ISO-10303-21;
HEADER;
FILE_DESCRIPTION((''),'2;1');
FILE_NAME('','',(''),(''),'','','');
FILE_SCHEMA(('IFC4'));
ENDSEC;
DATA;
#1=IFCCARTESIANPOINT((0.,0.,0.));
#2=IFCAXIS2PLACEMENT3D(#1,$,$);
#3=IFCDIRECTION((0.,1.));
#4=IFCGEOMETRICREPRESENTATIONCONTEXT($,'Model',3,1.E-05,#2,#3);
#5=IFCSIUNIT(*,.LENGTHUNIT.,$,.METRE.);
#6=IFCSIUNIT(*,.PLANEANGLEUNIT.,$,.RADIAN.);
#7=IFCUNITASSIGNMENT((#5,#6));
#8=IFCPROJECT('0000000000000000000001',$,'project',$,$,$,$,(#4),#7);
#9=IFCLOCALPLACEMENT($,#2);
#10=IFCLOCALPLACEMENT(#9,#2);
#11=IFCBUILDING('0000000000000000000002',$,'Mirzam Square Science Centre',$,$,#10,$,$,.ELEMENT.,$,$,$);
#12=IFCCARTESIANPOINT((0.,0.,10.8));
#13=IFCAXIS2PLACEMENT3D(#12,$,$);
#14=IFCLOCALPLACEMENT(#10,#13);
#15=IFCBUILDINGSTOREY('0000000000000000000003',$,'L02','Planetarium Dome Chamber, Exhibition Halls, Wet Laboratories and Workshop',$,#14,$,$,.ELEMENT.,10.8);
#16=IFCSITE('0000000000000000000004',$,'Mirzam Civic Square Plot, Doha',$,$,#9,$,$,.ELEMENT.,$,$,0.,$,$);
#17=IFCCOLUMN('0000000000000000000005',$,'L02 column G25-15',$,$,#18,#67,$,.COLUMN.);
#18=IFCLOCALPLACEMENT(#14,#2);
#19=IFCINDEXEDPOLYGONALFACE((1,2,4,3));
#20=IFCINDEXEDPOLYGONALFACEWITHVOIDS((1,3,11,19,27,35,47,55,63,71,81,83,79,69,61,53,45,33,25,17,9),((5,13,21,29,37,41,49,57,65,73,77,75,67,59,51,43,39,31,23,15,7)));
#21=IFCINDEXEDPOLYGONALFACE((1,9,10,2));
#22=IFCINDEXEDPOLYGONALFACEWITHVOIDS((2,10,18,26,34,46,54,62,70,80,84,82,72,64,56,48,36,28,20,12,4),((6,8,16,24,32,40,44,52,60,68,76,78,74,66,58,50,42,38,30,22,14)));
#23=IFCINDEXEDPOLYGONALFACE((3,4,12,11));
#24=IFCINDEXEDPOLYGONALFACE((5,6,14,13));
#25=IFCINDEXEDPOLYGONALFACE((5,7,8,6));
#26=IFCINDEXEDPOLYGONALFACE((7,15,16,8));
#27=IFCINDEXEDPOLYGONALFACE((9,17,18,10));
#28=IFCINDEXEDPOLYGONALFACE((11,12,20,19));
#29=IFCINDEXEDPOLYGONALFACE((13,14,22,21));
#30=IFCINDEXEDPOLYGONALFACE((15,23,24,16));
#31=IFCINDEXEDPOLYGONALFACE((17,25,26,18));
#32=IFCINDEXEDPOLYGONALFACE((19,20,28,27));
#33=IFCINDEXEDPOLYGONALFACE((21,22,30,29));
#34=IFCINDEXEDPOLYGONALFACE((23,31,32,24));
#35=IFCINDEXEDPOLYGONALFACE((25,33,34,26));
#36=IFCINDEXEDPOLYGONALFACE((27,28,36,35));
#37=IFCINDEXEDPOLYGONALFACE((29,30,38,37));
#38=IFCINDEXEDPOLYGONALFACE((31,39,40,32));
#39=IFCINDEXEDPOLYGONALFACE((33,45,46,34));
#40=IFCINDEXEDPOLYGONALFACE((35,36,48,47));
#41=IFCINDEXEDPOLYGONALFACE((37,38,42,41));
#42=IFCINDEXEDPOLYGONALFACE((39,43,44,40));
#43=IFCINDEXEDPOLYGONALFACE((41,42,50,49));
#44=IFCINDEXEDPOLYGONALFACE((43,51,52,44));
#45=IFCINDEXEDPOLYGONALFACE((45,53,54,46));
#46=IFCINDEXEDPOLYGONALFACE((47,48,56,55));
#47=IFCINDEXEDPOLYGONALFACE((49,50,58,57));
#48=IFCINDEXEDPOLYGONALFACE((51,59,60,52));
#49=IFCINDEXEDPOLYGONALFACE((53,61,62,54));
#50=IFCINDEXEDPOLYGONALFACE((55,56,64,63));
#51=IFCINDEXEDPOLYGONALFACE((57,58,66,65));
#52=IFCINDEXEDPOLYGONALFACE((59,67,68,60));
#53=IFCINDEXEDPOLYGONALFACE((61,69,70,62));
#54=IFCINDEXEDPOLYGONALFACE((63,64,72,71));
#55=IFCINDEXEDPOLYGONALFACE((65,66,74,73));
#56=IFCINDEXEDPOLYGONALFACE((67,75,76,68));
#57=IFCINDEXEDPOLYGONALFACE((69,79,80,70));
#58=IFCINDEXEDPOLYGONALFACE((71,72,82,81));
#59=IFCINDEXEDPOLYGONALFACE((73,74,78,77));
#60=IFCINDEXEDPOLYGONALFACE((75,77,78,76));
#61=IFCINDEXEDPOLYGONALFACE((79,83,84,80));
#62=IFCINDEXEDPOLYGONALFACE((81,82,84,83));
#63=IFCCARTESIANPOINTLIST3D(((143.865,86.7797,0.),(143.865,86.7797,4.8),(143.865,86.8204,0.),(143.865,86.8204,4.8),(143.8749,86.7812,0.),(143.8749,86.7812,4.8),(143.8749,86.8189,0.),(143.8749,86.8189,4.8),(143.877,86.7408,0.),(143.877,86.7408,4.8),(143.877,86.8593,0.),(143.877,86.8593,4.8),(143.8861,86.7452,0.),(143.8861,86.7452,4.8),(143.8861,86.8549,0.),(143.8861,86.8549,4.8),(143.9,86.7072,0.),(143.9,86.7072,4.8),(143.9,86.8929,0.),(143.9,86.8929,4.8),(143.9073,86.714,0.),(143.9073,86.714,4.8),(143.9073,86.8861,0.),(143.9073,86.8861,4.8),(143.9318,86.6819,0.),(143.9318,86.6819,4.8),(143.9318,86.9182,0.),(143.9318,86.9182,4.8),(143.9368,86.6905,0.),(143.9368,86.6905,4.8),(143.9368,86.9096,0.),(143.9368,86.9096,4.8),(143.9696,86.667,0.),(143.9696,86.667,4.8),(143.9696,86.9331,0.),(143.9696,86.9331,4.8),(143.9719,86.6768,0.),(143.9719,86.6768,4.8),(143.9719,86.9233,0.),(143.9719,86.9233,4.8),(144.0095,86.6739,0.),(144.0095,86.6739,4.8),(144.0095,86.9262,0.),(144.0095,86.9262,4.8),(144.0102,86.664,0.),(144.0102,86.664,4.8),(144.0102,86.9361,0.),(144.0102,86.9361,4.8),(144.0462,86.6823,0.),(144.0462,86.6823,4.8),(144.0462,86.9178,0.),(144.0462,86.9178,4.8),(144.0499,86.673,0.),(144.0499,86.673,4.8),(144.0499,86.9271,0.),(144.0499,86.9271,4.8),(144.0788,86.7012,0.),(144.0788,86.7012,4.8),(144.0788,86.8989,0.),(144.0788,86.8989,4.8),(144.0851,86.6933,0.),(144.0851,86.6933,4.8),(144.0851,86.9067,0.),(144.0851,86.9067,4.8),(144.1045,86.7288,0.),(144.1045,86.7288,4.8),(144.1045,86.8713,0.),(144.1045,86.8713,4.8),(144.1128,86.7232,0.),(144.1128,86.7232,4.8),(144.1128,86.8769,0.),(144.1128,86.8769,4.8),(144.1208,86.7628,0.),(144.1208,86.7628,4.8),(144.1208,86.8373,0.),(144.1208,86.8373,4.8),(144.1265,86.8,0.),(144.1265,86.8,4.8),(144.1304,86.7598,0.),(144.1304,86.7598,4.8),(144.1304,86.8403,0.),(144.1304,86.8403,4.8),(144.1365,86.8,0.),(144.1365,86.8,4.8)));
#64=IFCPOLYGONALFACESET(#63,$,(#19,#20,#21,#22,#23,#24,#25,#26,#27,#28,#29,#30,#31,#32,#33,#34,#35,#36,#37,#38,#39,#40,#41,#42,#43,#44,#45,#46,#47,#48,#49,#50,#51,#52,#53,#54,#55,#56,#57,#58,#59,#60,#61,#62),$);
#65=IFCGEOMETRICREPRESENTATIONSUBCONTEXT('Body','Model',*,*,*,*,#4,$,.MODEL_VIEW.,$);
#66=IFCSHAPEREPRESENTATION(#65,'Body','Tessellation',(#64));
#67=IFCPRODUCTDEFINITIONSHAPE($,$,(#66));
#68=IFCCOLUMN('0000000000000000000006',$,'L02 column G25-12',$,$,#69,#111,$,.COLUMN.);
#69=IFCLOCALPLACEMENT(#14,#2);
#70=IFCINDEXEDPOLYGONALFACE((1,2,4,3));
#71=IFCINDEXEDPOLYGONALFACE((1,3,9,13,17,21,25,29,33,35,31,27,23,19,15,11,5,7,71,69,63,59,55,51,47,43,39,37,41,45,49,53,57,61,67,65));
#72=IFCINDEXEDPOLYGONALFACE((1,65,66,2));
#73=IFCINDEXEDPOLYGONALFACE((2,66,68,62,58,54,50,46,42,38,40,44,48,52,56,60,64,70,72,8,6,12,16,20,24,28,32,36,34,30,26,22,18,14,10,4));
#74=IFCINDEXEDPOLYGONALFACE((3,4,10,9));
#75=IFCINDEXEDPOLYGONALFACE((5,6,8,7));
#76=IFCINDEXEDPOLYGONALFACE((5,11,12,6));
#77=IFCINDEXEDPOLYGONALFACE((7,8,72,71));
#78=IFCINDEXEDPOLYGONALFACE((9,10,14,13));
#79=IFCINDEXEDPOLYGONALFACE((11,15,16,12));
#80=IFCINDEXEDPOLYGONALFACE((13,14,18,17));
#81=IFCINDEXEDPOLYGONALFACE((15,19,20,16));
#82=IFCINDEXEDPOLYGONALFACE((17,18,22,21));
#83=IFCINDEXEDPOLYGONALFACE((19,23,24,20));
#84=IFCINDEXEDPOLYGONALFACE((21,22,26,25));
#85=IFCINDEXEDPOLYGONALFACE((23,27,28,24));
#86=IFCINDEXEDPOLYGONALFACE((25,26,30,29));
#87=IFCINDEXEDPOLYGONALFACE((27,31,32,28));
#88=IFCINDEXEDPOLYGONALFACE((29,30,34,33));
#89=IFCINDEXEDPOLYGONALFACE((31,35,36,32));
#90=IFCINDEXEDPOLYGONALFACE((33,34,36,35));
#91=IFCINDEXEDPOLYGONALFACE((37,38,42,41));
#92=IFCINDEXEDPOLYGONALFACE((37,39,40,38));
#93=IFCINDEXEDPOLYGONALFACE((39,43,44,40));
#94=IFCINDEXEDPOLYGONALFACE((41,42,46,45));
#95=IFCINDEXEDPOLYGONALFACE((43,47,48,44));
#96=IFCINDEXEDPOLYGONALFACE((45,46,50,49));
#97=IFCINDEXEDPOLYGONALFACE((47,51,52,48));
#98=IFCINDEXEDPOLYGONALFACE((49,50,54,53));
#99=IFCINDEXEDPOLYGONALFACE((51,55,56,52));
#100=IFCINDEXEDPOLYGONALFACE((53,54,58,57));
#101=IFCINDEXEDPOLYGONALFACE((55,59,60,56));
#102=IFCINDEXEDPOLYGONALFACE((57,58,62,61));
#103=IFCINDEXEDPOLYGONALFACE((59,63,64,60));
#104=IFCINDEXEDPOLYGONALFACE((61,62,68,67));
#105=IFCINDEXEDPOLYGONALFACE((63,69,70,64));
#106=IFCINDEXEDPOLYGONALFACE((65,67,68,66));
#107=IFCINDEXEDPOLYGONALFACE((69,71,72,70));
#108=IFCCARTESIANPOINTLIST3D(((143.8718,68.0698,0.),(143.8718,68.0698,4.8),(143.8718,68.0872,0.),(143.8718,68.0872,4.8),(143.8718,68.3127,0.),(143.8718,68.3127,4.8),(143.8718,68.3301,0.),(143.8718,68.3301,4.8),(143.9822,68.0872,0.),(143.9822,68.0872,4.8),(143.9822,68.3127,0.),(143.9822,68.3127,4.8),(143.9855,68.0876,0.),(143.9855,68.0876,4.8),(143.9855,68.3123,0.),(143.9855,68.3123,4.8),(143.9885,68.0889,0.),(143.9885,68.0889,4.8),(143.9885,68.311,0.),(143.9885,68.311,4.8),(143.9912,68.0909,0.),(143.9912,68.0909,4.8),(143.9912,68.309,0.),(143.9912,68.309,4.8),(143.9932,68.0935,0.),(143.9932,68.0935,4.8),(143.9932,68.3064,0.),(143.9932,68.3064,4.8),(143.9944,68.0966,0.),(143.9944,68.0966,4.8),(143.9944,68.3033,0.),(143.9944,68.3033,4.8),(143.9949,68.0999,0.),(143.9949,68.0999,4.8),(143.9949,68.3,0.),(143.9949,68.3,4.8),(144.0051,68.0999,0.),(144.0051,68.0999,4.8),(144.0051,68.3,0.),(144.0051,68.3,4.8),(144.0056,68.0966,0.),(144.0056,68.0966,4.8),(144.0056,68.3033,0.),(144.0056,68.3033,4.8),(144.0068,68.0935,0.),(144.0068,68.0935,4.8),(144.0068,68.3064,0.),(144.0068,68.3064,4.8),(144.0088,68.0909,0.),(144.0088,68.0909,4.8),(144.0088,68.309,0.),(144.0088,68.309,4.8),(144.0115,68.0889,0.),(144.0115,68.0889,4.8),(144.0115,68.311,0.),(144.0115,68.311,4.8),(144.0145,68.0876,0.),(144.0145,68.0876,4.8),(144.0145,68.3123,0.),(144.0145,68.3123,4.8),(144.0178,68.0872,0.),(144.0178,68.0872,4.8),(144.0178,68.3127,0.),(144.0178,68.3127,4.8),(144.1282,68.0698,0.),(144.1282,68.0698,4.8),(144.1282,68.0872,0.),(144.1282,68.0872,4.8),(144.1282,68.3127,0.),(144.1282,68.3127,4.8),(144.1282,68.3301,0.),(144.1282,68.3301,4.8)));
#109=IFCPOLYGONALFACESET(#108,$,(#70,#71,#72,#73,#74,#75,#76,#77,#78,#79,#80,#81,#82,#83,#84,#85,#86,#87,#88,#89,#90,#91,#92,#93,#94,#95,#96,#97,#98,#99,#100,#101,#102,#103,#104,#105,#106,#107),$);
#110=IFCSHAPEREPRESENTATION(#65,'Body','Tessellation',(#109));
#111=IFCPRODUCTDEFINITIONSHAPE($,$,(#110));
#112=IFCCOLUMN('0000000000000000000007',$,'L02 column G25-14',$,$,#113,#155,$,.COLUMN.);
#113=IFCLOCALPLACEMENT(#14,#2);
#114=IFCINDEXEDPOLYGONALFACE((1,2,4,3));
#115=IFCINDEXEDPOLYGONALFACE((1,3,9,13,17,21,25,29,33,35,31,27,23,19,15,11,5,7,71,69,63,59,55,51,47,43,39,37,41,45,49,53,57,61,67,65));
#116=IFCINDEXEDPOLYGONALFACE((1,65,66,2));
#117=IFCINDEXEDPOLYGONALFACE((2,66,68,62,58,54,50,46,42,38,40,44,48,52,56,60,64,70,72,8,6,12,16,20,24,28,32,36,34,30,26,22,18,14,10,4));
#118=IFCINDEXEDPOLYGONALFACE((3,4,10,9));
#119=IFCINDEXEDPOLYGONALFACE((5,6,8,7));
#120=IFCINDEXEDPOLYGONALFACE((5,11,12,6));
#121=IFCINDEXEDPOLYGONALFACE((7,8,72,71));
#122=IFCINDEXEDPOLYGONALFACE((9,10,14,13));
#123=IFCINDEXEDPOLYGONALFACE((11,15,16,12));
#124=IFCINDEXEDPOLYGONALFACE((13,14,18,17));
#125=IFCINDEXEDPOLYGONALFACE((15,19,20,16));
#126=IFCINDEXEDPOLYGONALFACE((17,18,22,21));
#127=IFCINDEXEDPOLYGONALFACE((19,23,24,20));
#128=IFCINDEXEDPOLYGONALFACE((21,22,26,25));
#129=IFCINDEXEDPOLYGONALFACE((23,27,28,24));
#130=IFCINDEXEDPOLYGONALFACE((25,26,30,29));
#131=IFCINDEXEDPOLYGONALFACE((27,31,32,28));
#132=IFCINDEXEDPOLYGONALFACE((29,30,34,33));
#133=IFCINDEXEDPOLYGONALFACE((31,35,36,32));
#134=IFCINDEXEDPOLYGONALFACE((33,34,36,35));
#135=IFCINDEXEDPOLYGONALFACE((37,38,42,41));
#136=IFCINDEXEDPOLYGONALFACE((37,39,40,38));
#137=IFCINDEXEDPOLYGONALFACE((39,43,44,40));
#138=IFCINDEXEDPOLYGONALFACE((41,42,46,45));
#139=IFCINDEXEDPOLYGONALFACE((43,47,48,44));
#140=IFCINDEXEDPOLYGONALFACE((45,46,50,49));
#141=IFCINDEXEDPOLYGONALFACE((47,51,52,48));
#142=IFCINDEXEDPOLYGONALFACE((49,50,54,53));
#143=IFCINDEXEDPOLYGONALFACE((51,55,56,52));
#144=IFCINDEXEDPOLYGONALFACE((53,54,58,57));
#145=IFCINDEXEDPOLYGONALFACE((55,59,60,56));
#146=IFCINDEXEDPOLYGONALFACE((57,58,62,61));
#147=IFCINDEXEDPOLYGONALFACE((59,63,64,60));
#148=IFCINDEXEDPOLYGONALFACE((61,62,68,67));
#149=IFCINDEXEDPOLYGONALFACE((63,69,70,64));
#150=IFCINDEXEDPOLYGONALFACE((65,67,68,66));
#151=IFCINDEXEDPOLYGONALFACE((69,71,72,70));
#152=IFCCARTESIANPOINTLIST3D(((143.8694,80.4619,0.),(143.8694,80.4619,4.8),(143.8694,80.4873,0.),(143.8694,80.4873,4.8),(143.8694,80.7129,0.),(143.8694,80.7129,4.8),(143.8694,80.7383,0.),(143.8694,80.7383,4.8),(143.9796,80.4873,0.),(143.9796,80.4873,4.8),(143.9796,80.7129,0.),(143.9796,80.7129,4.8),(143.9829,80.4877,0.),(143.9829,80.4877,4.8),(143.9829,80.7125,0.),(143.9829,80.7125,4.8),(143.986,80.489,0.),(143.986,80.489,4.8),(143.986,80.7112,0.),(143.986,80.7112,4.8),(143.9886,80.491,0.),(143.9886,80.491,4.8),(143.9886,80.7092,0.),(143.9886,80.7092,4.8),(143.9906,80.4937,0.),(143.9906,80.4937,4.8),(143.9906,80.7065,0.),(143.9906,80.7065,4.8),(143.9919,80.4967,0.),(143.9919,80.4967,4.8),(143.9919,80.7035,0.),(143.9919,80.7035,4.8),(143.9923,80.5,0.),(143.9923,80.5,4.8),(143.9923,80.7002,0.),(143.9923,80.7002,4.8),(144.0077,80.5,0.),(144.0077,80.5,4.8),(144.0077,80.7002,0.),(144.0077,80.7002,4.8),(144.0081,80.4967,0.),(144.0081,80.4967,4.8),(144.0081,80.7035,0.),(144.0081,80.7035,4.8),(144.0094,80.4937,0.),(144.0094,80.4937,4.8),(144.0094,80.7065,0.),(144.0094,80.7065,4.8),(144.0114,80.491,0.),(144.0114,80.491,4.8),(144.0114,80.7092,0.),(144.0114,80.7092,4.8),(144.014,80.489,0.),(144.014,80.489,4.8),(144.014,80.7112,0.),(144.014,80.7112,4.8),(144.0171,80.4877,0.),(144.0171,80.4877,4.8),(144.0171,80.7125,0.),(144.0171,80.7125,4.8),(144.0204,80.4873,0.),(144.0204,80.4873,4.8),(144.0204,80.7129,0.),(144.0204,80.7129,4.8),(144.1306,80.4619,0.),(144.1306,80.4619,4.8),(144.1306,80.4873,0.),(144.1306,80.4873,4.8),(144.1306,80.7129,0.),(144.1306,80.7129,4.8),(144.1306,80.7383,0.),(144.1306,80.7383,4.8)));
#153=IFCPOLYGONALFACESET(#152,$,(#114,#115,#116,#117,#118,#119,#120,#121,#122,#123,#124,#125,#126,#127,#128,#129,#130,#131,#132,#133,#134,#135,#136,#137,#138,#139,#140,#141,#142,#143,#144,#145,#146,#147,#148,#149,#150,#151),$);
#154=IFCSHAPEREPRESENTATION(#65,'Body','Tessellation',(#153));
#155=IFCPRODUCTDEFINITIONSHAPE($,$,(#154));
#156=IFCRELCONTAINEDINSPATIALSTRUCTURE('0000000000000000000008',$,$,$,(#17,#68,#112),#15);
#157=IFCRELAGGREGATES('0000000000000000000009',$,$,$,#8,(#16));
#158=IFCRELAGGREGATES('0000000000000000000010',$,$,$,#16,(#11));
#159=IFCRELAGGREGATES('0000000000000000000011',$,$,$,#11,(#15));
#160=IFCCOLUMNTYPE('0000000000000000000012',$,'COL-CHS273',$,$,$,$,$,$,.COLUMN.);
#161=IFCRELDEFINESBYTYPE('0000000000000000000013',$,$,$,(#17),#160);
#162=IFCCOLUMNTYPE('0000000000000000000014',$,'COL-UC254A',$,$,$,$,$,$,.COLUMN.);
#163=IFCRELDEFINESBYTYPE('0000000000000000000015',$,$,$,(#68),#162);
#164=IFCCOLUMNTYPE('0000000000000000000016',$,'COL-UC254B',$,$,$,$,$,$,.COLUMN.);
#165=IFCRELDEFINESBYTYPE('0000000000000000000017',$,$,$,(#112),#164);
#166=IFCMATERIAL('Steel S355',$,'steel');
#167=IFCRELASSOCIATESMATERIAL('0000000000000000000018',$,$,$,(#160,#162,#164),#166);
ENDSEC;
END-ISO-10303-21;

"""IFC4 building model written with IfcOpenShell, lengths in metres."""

from ifc_helpers import new_model, si_unit, direction, frame, origin, origin_2d, place, context, subcontext, project, spatial, hollow_circle, i_section, extrude, material, material_profile, profile_set, type_object, element, save


model = new_model("IFC4")

# Units and contexts
model_context = context("Model", 3, precision=1e-05, world=origin(), true_north=direction((0.0, 1.0)))
body_context = subcontext(model_context, "Body", "Model", "MODEL_VIEW")
ifc_project = project(units=[si_unit("LENGTHUNIT", "METRE"), si_unit("PLANEANGLEUNIT", "RADIAN")], contexts=[model_context])

# Site, building, storey
site_placement = place(None, origin())
site = spatial("IfcSite", under=ifc_project, at=site_placement, Name="Mirzam Civic Square Plot, Doha", CompositionType="ELEMENT", RefElevation=0.0)
building_placement = place(site_placement, origin())
building = spatial("IfcBuilding", under=site, at=building_placement, Name="Mirzam Square Science Centre", CompositionType="ELEMENT")
storey_placement = place(building_placement, frame((0.0, 0.0, 10.8)))
storey = spatial("IfcBuildingStorey", under=building, at=storey_placement, Name="L02", Description="Planetarium Dome Chamber, Exhibition Halls, Wet Laboratories and Workshop", CompositionType="ELEMENT", Elevation=10.8)

# Columns
ifc_material_1 = material(Name="Steel S355", Category="steel")
ifc_material_profile_1 = material_profile(ifc_material_1, hollow_circle(Radius=0.1365, WallThickness=0.01, at=origin_2d()), Name="273.0x10.0CHS")
ifc_profile_set_1 = profile_set([ifc_material_profile_1], Name="Steel S355")
column_type_1 = type_object("IfcColumnType", Name="COL-CHS273", PredefinedType="COLUMN", material=ifc_profile_set_1)
column_1_placement = place(storey_placement, frame((144.0, 86.8, 0.0), z_axis=(0.0, 0.0, 1.0), x_axis=(1.0, 0.0, 0.0)))
element("IfcColumn", 1, at=column_1_placement, inside=storey, type_object=column_type_1, Name="L02 column G25-15", PredefinedType="COLUMN", context=body_context, shape_type="SweptSolid", body=[
    extrude(hollow_circle(Radius=0.1365, WallThickness=0.01, at=origin_2d()), origin(), (0.0, 0.0, 1.0), 4.8),
])
ifc_material_profile_2 = material_profile(ifc_material_1, i_section(OverallWidth=0.2563, OverallDepth=0.2603, WebThickness=0.0103, FlangeThickness=0.0173, FilletRadius=0.0127, at=origin_2d()), Name="254x254x89UC")
ifc_profile_set_2 = profile_set([ifc_material_profile_2], Name="Steel S355")
column_type_2 = type_object("IfcColumnType", Name="COL-UC254A", PredefinedType="COLUMN", material=ifc_profile_set_2)
column_2_placement = place(storey_placement, frame((144.0, 68.2, 0.0), z_axis=(0.0, 0.0, 1.0), x_axis=(1.0, 0.0, 0.0)))
element("IfcColumn", 2, at=column_2_placement, inside=storey, type_object=column_type_2, Name="L02 column G25-12", PredefinedType="COLUMN", context=body_context, shape_type="SweptSolid", body=[
    extrude(i_section(OverallWidth=0.2563, OverallDepth=0.2603, WebThickness=0.0103, FlangeThickness=0.0173, FilletRadius=0.0127, at=origin_2d()), origin(), (0.0, 0.0, 1.0), 4.8),
])
ifc_material_profile_3 = material_profile(ifc_material_1, i_section(OverallWidth=0.2612, OverallDepth=0.2764, WebThickness=0.0154, FlangeThickness=0.0254, FilletRadius=0.0127, at=origin_2d()), Name="254x254x132UC")
ifc_profile_set_3 = profile_set([ifc_material_profile_3], Name="Steel S355")
column_type_3 = type_object("IfcColumnType", Name="COL-UC254B", PredefinedType="COLUMN", material=ifc_profile_set_3)
column_3_placement = place(storey_placement, frame((144.0, 80.6001, 0.0), z_axis=(0.0, 0.0, 1.0), x_axis=(1.0, 0.0, 0.0)))
element("IfcColumn", 3, at=column_3_placement, inside=storey, type_object=column_type_3, Name="L02 column G25-14", PredefinedType="COLUMN", context=body_context, shape_type="SweptSolid", body=[
    extrude(i_section(OverallWidth=0.2612, OverallDepth=0.2764, WebThickness=0.0154, FlangeThickness=0.0254, FilletRadius=0.0127, at=origin_2d()), origin(), (0.0, 0.0, 1.0), 4.8),
])

save(model, "model.ifc")
